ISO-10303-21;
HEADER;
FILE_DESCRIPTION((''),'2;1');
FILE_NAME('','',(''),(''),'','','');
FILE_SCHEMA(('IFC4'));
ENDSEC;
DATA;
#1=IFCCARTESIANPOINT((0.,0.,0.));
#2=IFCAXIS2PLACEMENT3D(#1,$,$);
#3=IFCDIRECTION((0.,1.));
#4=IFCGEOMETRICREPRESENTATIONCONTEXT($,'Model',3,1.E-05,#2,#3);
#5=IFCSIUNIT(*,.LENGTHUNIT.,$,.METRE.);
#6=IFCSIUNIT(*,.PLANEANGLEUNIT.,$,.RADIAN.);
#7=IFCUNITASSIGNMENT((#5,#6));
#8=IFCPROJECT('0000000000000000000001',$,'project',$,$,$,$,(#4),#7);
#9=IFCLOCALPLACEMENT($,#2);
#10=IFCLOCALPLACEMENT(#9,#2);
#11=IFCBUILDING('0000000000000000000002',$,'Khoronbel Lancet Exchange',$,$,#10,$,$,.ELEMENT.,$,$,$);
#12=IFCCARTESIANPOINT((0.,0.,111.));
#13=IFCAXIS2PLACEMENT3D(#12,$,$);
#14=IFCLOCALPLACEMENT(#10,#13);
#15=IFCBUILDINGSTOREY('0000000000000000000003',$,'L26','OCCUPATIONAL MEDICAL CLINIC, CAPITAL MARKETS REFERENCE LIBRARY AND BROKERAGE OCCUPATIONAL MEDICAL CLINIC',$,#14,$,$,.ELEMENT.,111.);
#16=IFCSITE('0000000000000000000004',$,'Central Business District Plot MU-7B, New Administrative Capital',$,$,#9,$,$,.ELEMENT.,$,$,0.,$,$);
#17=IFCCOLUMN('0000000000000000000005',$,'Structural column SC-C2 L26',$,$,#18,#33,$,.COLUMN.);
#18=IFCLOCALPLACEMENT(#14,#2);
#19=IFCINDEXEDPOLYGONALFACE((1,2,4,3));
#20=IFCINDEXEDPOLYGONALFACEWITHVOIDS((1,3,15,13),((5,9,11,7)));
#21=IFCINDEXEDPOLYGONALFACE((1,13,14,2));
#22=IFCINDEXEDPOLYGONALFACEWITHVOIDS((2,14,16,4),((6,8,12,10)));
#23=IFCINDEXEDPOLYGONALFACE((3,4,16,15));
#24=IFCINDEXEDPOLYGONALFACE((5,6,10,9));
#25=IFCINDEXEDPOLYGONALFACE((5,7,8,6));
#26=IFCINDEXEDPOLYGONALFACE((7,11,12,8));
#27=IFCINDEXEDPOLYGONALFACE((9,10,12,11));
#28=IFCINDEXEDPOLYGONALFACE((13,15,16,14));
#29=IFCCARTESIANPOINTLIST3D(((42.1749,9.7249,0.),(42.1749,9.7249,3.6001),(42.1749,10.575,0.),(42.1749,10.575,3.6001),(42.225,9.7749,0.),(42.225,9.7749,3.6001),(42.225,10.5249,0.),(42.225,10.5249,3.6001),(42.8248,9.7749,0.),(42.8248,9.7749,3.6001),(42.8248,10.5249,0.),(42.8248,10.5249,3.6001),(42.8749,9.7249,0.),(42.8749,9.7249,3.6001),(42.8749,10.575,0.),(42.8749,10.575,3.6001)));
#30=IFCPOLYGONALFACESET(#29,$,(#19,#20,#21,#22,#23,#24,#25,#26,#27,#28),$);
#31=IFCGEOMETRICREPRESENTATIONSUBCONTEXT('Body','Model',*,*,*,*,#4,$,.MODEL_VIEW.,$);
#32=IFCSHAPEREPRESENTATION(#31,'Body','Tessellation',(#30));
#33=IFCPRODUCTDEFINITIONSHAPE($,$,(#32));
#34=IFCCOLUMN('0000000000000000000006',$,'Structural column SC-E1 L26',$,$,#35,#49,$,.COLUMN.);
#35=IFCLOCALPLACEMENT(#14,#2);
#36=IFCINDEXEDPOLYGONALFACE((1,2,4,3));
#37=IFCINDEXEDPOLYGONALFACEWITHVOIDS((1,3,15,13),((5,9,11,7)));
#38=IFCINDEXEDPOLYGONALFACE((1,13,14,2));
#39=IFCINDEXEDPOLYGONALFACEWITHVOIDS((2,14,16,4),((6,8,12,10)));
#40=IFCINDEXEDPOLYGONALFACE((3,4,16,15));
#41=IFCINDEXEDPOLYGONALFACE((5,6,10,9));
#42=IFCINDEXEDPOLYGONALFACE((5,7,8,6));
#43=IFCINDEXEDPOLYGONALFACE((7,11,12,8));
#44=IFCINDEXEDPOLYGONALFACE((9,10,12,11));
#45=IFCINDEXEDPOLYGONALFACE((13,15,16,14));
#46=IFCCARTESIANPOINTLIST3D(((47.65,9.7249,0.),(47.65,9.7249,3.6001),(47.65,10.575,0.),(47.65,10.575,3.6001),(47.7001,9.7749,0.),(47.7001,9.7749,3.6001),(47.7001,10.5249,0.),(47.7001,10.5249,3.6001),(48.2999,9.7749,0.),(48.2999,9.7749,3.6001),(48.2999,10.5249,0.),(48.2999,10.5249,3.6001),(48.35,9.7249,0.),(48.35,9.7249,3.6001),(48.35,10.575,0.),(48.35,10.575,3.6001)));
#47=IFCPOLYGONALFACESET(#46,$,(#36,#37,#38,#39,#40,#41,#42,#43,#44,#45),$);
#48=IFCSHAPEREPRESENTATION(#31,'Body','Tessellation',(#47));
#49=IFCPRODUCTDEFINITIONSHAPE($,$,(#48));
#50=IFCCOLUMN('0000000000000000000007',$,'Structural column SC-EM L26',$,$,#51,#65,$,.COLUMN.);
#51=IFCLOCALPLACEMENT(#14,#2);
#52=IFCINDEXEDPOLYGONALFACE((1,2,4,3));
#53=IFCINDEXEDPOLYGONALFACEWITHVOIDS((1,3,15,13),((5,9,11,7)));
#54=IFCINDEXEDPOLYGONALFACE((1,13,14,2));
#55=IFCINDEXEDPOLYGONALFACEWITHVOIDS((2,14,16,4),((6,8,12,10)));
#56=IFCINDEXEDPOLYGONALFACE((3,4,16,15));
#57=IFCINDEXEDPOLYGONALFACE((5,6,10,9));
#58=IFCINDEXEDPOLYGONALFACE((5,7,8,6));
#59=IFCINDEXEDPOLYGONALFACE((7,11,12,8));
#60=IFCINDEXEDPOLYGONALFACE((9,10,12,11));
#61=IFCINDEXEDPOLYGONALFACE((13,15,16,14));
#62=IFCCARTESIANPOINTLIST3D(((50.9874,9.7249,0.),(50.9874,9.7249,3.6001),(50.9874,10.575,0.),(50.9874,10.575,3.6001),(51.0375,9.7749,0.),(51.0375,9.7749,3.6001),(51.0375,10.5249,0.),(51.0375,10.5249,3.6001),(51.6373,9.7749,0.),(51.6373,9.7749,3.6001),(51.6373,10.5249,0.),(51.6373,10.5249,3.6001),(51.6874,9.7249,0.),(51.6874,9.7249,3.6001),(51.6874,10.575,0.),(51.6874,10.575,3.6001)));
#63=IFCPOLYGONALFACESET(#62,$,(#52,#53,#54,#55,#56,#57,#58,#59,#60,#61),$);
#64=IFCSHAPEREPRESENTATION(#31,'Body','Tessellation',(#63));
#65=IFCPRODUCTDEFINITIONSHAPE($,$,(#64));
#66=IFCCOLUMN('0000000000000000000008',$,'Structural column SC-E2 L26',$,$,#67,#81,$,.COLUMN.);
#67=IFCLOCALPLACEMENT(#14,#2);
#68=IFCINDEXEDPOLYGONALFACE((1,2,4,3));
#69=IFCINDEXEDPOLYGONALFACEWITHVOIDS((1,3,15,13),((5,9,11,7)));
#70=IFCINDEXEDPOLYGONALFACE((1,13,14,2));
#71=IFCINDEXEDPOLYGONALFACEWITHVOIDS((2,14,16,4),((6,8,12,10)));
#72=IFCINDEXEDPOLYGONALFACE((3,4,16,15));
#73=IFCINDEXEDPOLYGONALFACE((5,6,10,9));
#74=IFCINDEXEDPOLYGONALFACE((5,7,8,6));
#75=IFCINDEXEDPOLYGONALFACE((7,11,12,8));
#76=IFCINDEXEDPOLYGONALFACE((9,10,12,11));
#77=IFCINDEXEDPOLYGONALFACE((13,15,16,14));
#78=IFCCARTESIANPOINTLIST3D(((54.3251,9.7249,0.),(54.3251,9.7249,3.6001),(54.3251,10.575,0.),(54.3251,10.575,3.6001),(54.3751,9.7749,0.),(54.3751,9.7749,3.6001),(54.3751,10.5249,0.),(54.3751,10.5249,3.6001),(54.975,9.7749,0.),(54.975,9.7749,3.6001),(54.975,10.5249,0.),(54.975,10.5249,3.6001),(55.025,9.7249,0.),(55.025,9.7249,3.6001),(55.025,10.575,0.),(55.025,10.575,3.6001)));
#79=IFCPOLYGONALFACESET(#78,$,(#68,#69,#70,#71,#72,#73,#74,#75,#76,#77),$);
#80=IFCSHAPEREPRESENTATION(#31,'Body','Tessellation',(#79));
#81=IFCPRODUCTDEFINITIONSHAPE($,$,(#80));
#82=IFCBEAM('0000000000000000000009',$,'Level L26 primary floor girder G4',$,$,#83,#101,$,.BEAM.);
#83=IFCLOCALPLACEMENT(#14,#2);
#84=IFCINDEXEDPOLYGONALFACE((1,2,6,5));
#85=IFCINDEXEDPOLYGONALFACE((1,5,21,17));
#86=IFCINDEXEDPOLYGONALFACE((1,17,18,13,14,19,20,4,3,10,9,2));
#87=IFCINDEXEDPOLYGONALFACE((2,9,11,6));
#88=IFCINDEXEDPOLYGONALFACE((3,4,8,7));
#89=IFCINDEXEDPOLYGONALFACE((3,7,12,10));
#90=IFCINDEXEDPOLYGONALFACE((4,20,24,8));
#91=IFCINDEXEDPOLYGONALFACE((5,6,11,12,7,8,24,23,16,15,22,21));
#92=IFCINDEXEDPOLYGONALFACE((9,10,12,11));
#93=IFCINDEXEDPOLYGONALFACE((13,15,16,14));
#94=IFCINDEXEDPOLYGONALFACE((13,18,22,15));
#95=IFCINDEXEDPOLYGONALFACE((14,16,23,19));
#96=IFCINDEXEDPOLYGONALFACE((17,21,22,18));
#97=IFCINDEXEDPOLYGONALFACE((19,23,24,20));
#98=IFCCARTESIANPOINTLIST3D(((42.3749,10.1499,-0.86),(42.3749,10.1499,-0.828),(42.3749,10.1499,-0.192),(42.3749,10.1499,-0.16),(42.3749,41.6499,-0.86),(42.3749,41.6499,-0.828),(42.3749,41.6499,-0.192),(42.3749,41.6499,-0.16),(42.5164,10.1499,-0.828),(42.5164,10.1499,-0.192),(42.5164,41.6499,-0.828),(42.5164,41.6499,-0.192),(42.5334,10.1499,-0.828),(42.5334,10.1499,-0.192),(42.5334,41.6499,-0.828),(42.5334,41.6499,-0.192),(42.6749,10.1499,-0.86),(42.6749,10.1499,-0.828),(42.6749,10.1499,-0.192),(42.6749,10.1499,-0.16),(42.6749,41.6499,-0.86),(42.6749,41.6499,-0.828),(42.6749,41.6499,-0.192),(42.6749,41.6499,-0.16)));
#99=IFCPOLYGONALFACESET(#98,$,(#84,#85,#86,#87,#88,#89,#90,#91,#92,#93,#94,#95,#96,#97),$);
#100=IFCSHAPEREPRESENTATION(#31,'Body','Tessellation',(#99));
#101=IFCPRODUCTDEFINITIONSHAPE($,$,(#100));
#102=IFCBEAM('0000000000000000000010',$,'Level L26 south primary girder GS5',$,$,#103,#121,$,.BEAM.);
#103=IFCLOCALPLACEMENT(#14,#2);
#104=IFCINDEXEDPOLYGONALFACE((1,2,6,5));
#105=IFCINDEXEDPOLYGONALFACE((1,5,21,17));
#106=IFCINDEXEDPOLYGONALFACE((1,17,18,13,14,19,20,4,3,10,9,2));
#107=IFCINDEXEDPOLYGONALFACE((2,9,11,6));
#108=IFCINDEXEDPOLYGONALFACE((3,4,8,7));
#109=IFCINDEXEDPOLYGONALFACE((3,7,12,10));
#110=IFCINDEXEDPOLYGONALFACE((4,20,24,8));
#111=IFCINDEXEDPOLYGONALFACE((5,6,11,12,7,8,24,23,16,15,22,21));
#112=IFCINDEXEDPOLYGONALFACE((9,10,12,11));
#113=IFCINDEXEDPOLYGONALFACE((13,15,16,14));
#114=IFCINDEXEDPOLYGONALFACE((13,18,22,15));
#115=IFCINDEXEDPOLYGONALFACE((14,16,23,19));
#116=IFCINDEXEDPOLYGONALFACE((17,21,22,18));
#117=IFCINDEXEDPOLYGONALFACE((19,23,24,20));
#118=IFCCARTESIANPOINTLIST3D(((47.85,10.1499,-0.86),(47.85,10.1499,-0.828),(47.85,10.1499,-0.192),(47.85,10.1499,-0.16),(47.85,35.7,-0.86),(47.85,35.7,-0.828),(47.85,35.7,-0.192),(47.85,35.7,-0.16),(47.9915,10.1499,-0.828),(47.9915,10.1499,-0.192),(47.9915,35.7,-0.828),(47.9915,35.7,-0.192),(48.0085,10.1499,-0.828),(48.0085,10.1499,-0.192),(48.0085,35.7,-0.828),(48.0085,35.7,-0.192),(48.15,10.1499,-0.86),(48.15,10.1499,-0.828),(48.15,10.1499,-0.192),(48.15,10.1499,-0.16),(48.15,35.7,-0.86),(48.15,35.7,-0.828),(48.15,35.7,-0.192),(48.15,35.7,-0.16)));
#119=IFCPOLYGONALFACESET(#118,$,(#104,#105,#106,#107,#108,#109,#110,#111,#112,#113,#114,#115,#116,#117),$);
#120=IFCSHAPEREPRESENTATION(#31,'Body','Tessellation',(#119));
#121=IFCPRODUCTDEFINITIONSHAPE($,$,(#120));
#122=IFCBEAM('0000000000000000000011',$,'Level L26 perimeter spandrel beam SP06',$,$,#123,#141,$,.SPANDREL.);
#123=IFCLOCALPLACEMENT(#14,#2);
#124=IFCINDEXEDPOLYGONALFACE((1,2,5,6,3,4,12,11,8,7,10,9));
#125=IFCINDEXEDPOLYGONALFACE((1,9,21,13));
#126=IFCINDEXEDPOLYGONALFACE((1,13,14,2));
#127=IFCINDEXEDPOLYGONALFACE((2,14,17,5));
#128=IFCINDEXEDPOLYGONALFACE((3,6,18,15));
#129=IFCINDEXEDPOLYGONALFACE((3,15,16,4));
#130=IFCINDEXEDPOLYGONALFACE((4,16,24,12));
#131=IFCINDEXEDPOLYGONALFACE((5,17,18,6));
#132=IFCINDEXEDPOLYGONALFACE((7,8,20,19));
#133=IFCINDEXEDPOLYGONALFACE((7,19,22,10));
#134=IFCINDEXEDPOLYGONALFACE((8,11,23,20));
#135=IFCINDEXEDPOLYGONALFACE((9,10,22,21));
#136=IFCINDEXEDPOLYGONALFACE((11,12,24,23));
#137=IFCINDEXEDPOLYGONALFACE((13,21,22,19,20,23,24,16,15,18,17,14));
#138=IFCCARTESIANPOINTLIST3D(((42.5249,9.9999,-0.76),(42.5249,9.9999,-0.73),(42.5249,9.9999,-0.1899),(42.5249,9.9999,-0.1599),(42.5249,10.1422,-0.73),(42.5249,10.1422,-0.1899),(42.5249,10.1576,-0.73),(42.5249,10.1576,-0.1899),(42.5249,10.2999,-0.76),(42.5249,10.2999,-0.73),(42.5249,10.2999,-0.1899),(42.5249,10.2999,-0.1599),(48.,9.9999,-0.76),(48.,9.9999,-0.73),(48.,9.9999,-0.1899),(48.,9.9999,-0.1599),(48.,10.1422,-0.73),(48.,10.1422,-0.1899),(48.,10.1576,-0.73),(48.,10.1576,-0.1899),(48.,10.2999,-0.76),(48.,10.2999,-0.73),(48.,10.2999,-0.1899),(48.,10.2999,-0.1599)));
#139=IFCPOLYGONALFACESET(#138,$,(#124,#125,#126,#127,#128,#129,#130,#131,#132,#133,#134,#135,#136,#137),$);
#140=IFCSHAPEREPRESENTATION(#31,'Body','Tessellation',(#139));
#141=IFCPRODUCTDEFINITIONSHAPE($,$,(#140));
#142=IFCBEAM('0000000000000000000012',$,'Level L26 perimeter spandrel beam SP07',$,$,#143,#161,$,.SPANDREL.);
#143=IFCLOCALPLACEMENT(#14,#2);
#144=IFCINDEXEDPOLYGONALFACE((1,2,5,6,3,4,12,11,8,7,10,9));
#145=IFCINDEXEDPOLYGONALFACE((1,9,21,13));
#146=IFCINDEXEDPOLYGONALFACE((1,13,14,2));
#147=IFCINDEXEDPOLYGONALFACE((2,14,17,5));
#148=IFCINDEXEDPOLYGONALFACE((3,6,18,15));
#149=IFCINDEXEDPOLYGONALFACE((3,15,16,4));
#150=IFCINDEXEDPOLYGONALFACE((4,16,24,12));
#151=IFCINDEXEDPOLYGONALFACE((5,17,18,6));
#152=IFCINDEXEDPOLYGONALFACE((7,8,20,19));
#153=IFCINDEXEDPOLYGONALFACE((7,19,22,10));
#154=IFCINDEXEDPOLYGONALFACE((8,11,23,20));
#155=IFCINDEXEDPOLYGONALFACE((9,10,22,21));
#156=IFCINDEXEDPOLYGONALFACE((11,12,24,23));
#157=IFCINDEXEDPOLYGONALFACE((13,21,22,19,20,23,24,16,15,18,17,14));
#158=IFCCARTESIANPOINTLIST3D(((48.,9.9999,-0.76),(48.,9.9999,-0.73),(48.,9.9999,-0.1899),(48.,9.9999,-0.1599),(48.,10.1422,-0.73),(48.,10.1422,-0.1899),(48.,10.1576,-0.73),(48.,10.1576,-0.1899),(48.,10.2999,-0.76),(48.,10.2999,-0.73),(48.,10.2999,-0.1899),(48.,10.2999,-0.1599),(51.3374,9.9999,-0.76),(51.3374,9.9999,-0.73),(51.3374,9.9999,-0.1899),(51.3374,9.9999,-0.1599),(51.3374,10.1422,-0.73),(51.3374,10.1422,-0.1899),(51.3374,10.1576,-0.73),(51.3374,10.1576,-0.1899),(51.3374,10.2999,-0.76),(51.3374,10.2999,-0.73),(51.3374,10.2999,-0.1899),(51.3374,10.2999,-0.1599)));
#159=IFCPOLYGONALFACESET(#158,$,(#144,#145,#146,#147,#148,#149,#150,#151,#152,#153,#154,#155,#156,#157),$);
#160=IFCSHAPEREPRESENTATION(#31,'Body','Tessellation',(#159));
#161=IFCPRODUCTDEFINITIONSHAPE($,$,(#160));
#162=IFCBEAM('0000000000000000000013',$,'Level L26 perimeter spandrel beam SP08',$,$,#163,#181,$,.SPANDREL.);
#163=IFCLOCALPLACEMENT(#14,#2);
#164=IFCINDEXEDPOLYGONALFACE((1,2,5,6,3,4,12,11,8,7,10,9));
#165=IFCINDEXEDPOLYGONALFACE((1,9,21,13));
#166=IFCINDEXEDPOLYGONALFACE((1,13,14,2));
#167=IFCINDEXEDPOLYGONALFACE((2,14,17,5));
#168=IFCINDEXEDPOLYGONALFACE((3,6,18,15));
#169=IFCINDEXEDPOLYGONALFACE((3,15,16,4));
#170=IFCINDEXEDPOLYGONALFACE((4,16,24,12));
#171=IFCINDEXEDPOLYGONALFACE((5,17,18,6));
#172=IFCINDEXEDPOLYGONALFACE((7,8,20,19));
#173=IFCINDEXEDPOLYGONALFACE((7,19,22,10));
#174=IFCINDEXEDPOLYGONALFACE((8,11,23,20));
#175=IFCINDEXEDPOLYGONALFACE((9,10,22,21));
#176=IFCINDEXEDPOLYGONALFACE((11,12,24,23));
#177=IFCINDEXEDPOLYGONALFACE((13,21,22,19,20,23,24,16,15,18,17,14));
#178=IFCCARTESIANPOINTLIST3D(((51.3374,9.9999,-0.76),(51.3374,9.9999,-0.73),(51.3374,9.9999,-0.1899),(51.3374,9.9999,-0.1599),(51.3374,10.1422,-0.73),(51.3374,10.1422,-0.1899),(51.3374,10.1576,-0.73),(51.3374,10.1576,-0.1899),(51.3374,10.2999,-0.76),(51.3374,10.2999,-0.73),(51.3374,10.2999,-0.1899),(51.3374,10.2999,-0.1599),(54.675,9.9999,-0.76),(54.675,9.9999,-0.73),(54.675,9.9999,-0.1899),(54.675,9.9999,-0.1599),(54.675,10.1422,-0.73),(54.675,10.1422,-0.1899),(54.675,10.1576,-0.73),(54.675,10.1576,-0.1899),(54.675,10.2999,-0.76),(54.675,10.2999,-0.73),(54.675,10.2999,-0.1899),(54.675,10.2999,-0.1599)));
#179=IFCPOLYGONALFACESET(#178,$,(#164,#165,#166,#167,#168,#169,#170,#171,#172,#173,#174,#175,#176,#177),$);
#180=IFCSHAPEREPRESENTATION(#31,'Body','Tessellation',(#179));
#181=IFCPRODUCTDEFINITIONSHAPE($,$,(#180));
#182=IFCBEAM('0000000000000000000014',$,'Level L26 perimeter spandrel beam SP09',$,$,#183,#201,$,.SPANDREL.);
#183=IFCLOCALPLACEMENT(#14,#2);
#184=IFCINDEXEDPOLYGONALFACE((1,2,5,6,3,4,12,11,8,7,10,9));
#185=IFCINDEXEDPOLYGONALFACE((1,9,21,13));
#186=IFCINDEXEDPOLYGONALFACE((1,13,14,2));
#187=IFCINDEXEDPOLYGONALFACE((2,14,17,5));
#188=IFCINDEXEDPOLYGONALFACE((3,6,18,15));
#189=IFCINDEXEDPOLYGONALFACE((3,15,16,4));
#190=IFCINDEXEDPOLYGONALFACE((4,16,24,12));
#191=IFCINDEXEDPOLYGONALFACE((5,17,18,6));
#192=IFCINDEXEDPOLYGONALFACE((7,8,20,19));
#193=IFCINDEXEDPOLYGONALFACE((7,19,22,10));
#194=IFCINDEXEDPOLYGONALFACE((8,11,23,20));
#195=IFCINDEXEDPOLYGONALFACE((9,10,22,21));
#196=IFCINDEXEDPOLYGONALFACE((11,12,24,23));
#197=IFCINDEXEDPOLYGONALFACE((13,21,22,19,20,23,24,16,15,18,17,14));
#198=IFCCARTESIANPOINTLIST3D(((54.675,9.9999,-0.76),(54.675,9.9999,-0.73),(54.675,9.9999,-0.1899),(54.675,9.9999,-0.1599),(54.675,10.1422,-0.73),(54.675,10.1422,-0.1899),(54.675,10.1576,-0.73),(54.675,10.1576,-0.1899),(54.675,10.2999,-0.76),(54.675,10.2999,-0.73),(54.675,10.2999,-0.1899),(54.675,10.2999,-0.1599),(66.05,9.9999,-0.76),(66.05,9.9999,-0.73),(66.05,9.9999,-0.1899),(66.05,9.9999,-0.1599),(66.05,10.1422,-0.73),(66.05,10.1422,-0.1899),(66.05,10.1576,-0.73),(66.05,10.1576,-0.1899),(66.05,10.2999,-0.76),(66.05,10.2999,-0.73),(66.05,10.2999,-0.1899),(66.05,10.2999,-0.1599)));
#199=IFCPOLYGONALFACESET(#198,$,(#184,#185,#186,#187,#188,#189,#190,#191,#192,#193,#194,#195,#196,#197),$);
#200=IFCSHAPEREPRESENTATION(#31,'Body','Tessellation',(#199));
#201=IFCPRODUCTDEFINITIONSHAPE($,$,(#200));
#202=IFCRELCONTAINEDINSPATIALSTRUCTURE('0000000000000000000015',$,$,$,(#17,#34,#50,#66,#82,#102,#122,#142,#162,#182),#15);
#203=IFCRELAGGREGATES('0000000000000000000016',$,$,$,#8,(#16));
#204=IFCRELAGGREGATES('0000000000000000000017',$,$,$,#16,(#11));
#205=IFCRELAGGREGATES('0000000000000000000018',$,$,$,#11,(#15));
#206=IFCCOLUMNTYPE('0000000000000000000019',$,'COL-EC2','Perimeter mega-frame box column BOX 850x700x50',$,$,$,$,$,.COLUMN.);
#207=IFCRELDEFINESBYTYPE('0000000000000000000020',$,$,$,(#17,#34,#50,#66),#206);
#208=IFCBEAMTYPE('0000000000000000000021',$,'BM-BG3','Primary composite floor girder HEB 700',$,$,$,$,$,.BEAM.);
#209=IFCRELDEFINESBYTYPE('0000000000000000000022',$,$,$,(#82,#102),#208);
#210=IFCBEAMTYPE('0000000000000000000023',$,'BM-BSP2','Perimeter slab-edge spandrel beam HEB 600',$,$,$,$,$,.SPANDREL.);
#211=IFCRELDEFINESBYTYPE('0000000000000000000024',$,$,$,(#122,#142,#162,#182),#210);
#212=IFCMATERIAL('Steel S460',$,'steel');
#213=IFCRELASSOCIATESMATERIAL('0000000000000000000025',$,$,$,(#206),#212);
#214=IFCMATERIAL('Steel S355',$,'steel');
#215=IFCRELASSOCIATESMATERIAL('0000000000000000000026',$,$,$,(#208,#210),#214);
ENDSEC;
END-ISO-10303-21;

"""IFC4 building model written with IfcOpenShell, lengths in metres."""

from ifc_helpers import new_model, si_unit, direction, frame, origin, origin_2d, place, context, subcontext, project, spatial, hollow_rectangle, i_section, extrude, material, material_profile, profile_set, type_object, element, save


model = new_model("IFC4")

# Units and contexts
model_context = context("Model", 3, precision=1e-05, world=origin(), true_north=direction((0.0, 1.0)))
body_context = subcontext(model_context, "Body", "Model", "MODEL_VIEW")
ifc_project = project(units=[si_unit("LENGTHUNIT", "METRE"), si_unit("PLANEANGLEUNIT", "RADIAN")], contexts=[model_context])

# Site, building, storey
site_placement = place(None, origin())
site = spatial("IfcSite", under=ifc_project, at=site_placement, Name="Central Business District Plot MU-7B, New Administrative Capital", CompositionType="ELEMENT", RefElevation=0.0)
building_placement = place(site_placement, origin())
building = spatial("IfcBuilding", under=site, at=building_placement, Name="Khoronbel Lancet Exchange", CompositionType="ELEMENT")
storey_placement = place(building_placement, frame((0.0, 0.0, 111.0)))
storey = spatial("IfcBuildingStorey", under=building, at=storey_placement, Name="L26", Description="OCCUPATIONAL MEDICAL CLINIC, CAPITAL MARKETS REFERENCE LIBRARY AND BROKERAGE OCCUPATIONAL MEDICAL CLINIC", CompositionType="ELEMENT", Elevation=111.0)

# Columns
ifc_material_1 = material(Name="Steel S460", Category="steel")
ifc_material_profile_1 = material_profile(ifc_material_1, hollow_rectangle(XDim=0.7, YDim=0.8501, WallThickness=0.05, at=origin_2d()), Name="BOX 850x700x50")
ifc_profile_set_1 = profile_set([ifc_material_profile_1], Name="Steel S460")
column_type = type_object("IfcColumnType", Name="COL-EC2", Description="Perimeter mega-frame box column BOX 850x700x50", PredefinedType="COLUMN", material=ifc_profile_set_1)
for number, where, z_axis, x_axis, name in (
    (1, (42.5249, 10.1499, 0.0), (0.0, 0.0, 1.0), (1.0, 0.0, 0.0), "Structural column SC-C2 L26"),
    (2, (48.0, 10.1499, 0.0), (0.0, 0.0, 1.0), (1.0, 0.0, 0.0), "Structural column SC-E1 L26"),
    (3, (51.3374, 10.1499, 0.0), (0.0, 0.0, 1.0), (1.0, 0.0, 0.0), "Structural column SC-EM L26"),
    (4, (54.675, 10.1499, 0.0), (0.0, 0.0, 1.0), (1.0, 0.0, 0.0), "Structural column SC-E2 L26"),
):
    element("IfcColumn", number, at=place(storey_placement, frame(where, z_axis=z_axis, x_axis=x_axis)), inside=storey, type_object=column_type, Name=name, PredefinedType="COLUMN", context=body_context, shape_type="SweptSolid", body=[
        extrude(hollow_rectangle(XDim=0.7, YDim=0.8501, WallThickness=0.05, at=origin_2d()), origin(), (0.0, 0.0, 1.0), 3.6001),
    ])

# Beams
ifc_material_2 = material(Name="Steel S355", Category="steel")
ifc_material_profile_2 = material_profile(ifc_material_2, i_section(OverallWidth=0.3, OverallDepth=0.7, WebThickness=0.0171, FlangeThickness=0.032, at=origin_2d()), Name="HEB 700")
ifc_profile_set_2 = profile_set([ifc_material_profile_2], Name="Steel S355")
beam_type_1 = type_object("IfcBeamType", Name="BM-BG3", Description="Primary composite floor girder HEB 700", PredefinedType="BEAM", material=ifc_profile_set_2)
beam_1_placement = place(storey_placement, frame((42.5249, 10.1499, -0.51), z_axis=(0.0, 1.0, 0.0), x_axis=(-1.0, 0.0, 0.0)))
element("IfcBeam", 5, at=beam_1_placement, inside=storey, type_object=beam_type_1, Name="Level L26 primary floor girder G4", PredefinedType="BEAM", context=body_context, shape_type="SweptSolid", body=[
    extrude(i_section(OverallWidth=0.3, OverallDepth=0.7, WebThickness=0.0171, FlangeThickness=0.032, at=origin_2d()), origin(), (0.0, 0.0, 1.0), 31.5),
])
beam_2_placement = place(storey_placement, frame((48.0, 10.1499, -0.51), z_axis=(0.0, 1.0, 0.0), x_axis=(-1.0, 0.0, 0.0)))
element("IfcBeam", 6, at=beam_2_placement, inside=storey, type_object=beam_type_1, Name="Level L26 south primary girder GS5", PredefinedType="BEAM", context=body_context, shape_type="SweptSolid", body=[
    extrude(i_section(OverallWidth=0.3, OverallDepth=0.7, WebThickness=0.0171, FlangeThickness=0.032, at=origin_2d()), origin(), (0.0, 0.0, 1.0), 25.55),
])
ifc_material_profile_3 = material_profile(ifc_material_2, i_section(OverallWidth=0.3, OverallDepth=0.6001, WebThickness=0.0154, FlangeThickness=0.03, at=origin_2d()), Name="HEB 600")
ifc_profile_set_3 = profile_set([ifc_material_profile_3], Name="Steel S355")
beam_type_2 = type_object("IfcBeamType", Name="BM-BSP2", Description="Perimeter slab-edge spandrel beam HEB 600", PredefinedType="SPANDREL", material=ifc_profile_set_3)
beam_3_placement = place(storey_placement, frame((42.5249, 10.1499, -0.46), z_axis=(1.0, 0.0, 0.0), x_axis=(0.0, 1.0, 0.0)))
element("IfcBeam", 7, at=beam_3_placement, inside=storey, type_object=beam_type_2, Name="Level L26 perimeter spandrel beam SP06", PredefinedType="SPANDREL", context=body_context, shape_type="SweptSolid", body=[
    extrude(i_section(OverallWidth=0.3, OverallDepth=0.6001, WebThickness=0.0154, FlangeThickness=0.03, at=origin_2d()), origin(), (0.0, 0.0, 1.0), 5.4751),
])
beam_4_placement = place(storey_placement, frame((48.0, 10.1499, -0.46), z_axis=(1.0, 0.0, 0.0), x_axis=(0.0, 1.0, 0.0)))
element("IfcBeam", 8, at=beam_4_placement, inside=storey, type_object=beam_type_2, Name="Level L26 perimeter spandrel beam SP07", PredefinedType="SPANDREL", context=body_context, shape_type="SweptSolid", body=[
    extrude(i_section(OverallWidth=0.3, OverallDepth=0.6001, WebThickness=0.0154, FlangeThickness=0.03, at=origin_2d()), origin(), (0.0, 0.0, 1.0), 3.3374),
])
beam_5_placement = place(storey_placement, frame((51.3374, 10.1499, -0.46), z_axis=(1.0, 0.0, 0.0), x_axis=(0.0, 1.0, 0.0)))
element("IfcBeam", 9, at=beam_5_placement, inside=storey, type_object=beam_type_2, Name="Level L26 perimeter spandrel beam SP08", PredefinedType="SPANDREL", context=body_context, shape_type="SweptSolid", body=[
    extrude(i_section(OverallWidth=0.3, OverallDepth=0.6001, WebThickness=0.0154, FlangeThickness=0.03, at=origin_2d()), origin(), (0.0, 0.0, 1.0), 3.3376),
])
beam_6_placement = place(storey_placement, frame((54.675, 10.1499, -0.46), z_axis=(1.0, 0.0, 0.0), x_axis=(0.0, 1.0, 0.0)))
element("IfcBeam", 10, at=beam_6_placement, inside=storey, type_object=beam_type_2, Name="Level L26 perimeter spandrel beam SP09", PredefinedType="SPANDREL", context=body_context, shape_type="SweptSolid", body=[
    extrude(i_section(OverallWidth=0.3, OverallDepth=0.6001, WebThickness=0.0154, FlangeThickness=0.03, at=origin_2d()), origin(), (0.0, 0.0, 1.0), 11.375),
])

save(model, "model.ifc")
